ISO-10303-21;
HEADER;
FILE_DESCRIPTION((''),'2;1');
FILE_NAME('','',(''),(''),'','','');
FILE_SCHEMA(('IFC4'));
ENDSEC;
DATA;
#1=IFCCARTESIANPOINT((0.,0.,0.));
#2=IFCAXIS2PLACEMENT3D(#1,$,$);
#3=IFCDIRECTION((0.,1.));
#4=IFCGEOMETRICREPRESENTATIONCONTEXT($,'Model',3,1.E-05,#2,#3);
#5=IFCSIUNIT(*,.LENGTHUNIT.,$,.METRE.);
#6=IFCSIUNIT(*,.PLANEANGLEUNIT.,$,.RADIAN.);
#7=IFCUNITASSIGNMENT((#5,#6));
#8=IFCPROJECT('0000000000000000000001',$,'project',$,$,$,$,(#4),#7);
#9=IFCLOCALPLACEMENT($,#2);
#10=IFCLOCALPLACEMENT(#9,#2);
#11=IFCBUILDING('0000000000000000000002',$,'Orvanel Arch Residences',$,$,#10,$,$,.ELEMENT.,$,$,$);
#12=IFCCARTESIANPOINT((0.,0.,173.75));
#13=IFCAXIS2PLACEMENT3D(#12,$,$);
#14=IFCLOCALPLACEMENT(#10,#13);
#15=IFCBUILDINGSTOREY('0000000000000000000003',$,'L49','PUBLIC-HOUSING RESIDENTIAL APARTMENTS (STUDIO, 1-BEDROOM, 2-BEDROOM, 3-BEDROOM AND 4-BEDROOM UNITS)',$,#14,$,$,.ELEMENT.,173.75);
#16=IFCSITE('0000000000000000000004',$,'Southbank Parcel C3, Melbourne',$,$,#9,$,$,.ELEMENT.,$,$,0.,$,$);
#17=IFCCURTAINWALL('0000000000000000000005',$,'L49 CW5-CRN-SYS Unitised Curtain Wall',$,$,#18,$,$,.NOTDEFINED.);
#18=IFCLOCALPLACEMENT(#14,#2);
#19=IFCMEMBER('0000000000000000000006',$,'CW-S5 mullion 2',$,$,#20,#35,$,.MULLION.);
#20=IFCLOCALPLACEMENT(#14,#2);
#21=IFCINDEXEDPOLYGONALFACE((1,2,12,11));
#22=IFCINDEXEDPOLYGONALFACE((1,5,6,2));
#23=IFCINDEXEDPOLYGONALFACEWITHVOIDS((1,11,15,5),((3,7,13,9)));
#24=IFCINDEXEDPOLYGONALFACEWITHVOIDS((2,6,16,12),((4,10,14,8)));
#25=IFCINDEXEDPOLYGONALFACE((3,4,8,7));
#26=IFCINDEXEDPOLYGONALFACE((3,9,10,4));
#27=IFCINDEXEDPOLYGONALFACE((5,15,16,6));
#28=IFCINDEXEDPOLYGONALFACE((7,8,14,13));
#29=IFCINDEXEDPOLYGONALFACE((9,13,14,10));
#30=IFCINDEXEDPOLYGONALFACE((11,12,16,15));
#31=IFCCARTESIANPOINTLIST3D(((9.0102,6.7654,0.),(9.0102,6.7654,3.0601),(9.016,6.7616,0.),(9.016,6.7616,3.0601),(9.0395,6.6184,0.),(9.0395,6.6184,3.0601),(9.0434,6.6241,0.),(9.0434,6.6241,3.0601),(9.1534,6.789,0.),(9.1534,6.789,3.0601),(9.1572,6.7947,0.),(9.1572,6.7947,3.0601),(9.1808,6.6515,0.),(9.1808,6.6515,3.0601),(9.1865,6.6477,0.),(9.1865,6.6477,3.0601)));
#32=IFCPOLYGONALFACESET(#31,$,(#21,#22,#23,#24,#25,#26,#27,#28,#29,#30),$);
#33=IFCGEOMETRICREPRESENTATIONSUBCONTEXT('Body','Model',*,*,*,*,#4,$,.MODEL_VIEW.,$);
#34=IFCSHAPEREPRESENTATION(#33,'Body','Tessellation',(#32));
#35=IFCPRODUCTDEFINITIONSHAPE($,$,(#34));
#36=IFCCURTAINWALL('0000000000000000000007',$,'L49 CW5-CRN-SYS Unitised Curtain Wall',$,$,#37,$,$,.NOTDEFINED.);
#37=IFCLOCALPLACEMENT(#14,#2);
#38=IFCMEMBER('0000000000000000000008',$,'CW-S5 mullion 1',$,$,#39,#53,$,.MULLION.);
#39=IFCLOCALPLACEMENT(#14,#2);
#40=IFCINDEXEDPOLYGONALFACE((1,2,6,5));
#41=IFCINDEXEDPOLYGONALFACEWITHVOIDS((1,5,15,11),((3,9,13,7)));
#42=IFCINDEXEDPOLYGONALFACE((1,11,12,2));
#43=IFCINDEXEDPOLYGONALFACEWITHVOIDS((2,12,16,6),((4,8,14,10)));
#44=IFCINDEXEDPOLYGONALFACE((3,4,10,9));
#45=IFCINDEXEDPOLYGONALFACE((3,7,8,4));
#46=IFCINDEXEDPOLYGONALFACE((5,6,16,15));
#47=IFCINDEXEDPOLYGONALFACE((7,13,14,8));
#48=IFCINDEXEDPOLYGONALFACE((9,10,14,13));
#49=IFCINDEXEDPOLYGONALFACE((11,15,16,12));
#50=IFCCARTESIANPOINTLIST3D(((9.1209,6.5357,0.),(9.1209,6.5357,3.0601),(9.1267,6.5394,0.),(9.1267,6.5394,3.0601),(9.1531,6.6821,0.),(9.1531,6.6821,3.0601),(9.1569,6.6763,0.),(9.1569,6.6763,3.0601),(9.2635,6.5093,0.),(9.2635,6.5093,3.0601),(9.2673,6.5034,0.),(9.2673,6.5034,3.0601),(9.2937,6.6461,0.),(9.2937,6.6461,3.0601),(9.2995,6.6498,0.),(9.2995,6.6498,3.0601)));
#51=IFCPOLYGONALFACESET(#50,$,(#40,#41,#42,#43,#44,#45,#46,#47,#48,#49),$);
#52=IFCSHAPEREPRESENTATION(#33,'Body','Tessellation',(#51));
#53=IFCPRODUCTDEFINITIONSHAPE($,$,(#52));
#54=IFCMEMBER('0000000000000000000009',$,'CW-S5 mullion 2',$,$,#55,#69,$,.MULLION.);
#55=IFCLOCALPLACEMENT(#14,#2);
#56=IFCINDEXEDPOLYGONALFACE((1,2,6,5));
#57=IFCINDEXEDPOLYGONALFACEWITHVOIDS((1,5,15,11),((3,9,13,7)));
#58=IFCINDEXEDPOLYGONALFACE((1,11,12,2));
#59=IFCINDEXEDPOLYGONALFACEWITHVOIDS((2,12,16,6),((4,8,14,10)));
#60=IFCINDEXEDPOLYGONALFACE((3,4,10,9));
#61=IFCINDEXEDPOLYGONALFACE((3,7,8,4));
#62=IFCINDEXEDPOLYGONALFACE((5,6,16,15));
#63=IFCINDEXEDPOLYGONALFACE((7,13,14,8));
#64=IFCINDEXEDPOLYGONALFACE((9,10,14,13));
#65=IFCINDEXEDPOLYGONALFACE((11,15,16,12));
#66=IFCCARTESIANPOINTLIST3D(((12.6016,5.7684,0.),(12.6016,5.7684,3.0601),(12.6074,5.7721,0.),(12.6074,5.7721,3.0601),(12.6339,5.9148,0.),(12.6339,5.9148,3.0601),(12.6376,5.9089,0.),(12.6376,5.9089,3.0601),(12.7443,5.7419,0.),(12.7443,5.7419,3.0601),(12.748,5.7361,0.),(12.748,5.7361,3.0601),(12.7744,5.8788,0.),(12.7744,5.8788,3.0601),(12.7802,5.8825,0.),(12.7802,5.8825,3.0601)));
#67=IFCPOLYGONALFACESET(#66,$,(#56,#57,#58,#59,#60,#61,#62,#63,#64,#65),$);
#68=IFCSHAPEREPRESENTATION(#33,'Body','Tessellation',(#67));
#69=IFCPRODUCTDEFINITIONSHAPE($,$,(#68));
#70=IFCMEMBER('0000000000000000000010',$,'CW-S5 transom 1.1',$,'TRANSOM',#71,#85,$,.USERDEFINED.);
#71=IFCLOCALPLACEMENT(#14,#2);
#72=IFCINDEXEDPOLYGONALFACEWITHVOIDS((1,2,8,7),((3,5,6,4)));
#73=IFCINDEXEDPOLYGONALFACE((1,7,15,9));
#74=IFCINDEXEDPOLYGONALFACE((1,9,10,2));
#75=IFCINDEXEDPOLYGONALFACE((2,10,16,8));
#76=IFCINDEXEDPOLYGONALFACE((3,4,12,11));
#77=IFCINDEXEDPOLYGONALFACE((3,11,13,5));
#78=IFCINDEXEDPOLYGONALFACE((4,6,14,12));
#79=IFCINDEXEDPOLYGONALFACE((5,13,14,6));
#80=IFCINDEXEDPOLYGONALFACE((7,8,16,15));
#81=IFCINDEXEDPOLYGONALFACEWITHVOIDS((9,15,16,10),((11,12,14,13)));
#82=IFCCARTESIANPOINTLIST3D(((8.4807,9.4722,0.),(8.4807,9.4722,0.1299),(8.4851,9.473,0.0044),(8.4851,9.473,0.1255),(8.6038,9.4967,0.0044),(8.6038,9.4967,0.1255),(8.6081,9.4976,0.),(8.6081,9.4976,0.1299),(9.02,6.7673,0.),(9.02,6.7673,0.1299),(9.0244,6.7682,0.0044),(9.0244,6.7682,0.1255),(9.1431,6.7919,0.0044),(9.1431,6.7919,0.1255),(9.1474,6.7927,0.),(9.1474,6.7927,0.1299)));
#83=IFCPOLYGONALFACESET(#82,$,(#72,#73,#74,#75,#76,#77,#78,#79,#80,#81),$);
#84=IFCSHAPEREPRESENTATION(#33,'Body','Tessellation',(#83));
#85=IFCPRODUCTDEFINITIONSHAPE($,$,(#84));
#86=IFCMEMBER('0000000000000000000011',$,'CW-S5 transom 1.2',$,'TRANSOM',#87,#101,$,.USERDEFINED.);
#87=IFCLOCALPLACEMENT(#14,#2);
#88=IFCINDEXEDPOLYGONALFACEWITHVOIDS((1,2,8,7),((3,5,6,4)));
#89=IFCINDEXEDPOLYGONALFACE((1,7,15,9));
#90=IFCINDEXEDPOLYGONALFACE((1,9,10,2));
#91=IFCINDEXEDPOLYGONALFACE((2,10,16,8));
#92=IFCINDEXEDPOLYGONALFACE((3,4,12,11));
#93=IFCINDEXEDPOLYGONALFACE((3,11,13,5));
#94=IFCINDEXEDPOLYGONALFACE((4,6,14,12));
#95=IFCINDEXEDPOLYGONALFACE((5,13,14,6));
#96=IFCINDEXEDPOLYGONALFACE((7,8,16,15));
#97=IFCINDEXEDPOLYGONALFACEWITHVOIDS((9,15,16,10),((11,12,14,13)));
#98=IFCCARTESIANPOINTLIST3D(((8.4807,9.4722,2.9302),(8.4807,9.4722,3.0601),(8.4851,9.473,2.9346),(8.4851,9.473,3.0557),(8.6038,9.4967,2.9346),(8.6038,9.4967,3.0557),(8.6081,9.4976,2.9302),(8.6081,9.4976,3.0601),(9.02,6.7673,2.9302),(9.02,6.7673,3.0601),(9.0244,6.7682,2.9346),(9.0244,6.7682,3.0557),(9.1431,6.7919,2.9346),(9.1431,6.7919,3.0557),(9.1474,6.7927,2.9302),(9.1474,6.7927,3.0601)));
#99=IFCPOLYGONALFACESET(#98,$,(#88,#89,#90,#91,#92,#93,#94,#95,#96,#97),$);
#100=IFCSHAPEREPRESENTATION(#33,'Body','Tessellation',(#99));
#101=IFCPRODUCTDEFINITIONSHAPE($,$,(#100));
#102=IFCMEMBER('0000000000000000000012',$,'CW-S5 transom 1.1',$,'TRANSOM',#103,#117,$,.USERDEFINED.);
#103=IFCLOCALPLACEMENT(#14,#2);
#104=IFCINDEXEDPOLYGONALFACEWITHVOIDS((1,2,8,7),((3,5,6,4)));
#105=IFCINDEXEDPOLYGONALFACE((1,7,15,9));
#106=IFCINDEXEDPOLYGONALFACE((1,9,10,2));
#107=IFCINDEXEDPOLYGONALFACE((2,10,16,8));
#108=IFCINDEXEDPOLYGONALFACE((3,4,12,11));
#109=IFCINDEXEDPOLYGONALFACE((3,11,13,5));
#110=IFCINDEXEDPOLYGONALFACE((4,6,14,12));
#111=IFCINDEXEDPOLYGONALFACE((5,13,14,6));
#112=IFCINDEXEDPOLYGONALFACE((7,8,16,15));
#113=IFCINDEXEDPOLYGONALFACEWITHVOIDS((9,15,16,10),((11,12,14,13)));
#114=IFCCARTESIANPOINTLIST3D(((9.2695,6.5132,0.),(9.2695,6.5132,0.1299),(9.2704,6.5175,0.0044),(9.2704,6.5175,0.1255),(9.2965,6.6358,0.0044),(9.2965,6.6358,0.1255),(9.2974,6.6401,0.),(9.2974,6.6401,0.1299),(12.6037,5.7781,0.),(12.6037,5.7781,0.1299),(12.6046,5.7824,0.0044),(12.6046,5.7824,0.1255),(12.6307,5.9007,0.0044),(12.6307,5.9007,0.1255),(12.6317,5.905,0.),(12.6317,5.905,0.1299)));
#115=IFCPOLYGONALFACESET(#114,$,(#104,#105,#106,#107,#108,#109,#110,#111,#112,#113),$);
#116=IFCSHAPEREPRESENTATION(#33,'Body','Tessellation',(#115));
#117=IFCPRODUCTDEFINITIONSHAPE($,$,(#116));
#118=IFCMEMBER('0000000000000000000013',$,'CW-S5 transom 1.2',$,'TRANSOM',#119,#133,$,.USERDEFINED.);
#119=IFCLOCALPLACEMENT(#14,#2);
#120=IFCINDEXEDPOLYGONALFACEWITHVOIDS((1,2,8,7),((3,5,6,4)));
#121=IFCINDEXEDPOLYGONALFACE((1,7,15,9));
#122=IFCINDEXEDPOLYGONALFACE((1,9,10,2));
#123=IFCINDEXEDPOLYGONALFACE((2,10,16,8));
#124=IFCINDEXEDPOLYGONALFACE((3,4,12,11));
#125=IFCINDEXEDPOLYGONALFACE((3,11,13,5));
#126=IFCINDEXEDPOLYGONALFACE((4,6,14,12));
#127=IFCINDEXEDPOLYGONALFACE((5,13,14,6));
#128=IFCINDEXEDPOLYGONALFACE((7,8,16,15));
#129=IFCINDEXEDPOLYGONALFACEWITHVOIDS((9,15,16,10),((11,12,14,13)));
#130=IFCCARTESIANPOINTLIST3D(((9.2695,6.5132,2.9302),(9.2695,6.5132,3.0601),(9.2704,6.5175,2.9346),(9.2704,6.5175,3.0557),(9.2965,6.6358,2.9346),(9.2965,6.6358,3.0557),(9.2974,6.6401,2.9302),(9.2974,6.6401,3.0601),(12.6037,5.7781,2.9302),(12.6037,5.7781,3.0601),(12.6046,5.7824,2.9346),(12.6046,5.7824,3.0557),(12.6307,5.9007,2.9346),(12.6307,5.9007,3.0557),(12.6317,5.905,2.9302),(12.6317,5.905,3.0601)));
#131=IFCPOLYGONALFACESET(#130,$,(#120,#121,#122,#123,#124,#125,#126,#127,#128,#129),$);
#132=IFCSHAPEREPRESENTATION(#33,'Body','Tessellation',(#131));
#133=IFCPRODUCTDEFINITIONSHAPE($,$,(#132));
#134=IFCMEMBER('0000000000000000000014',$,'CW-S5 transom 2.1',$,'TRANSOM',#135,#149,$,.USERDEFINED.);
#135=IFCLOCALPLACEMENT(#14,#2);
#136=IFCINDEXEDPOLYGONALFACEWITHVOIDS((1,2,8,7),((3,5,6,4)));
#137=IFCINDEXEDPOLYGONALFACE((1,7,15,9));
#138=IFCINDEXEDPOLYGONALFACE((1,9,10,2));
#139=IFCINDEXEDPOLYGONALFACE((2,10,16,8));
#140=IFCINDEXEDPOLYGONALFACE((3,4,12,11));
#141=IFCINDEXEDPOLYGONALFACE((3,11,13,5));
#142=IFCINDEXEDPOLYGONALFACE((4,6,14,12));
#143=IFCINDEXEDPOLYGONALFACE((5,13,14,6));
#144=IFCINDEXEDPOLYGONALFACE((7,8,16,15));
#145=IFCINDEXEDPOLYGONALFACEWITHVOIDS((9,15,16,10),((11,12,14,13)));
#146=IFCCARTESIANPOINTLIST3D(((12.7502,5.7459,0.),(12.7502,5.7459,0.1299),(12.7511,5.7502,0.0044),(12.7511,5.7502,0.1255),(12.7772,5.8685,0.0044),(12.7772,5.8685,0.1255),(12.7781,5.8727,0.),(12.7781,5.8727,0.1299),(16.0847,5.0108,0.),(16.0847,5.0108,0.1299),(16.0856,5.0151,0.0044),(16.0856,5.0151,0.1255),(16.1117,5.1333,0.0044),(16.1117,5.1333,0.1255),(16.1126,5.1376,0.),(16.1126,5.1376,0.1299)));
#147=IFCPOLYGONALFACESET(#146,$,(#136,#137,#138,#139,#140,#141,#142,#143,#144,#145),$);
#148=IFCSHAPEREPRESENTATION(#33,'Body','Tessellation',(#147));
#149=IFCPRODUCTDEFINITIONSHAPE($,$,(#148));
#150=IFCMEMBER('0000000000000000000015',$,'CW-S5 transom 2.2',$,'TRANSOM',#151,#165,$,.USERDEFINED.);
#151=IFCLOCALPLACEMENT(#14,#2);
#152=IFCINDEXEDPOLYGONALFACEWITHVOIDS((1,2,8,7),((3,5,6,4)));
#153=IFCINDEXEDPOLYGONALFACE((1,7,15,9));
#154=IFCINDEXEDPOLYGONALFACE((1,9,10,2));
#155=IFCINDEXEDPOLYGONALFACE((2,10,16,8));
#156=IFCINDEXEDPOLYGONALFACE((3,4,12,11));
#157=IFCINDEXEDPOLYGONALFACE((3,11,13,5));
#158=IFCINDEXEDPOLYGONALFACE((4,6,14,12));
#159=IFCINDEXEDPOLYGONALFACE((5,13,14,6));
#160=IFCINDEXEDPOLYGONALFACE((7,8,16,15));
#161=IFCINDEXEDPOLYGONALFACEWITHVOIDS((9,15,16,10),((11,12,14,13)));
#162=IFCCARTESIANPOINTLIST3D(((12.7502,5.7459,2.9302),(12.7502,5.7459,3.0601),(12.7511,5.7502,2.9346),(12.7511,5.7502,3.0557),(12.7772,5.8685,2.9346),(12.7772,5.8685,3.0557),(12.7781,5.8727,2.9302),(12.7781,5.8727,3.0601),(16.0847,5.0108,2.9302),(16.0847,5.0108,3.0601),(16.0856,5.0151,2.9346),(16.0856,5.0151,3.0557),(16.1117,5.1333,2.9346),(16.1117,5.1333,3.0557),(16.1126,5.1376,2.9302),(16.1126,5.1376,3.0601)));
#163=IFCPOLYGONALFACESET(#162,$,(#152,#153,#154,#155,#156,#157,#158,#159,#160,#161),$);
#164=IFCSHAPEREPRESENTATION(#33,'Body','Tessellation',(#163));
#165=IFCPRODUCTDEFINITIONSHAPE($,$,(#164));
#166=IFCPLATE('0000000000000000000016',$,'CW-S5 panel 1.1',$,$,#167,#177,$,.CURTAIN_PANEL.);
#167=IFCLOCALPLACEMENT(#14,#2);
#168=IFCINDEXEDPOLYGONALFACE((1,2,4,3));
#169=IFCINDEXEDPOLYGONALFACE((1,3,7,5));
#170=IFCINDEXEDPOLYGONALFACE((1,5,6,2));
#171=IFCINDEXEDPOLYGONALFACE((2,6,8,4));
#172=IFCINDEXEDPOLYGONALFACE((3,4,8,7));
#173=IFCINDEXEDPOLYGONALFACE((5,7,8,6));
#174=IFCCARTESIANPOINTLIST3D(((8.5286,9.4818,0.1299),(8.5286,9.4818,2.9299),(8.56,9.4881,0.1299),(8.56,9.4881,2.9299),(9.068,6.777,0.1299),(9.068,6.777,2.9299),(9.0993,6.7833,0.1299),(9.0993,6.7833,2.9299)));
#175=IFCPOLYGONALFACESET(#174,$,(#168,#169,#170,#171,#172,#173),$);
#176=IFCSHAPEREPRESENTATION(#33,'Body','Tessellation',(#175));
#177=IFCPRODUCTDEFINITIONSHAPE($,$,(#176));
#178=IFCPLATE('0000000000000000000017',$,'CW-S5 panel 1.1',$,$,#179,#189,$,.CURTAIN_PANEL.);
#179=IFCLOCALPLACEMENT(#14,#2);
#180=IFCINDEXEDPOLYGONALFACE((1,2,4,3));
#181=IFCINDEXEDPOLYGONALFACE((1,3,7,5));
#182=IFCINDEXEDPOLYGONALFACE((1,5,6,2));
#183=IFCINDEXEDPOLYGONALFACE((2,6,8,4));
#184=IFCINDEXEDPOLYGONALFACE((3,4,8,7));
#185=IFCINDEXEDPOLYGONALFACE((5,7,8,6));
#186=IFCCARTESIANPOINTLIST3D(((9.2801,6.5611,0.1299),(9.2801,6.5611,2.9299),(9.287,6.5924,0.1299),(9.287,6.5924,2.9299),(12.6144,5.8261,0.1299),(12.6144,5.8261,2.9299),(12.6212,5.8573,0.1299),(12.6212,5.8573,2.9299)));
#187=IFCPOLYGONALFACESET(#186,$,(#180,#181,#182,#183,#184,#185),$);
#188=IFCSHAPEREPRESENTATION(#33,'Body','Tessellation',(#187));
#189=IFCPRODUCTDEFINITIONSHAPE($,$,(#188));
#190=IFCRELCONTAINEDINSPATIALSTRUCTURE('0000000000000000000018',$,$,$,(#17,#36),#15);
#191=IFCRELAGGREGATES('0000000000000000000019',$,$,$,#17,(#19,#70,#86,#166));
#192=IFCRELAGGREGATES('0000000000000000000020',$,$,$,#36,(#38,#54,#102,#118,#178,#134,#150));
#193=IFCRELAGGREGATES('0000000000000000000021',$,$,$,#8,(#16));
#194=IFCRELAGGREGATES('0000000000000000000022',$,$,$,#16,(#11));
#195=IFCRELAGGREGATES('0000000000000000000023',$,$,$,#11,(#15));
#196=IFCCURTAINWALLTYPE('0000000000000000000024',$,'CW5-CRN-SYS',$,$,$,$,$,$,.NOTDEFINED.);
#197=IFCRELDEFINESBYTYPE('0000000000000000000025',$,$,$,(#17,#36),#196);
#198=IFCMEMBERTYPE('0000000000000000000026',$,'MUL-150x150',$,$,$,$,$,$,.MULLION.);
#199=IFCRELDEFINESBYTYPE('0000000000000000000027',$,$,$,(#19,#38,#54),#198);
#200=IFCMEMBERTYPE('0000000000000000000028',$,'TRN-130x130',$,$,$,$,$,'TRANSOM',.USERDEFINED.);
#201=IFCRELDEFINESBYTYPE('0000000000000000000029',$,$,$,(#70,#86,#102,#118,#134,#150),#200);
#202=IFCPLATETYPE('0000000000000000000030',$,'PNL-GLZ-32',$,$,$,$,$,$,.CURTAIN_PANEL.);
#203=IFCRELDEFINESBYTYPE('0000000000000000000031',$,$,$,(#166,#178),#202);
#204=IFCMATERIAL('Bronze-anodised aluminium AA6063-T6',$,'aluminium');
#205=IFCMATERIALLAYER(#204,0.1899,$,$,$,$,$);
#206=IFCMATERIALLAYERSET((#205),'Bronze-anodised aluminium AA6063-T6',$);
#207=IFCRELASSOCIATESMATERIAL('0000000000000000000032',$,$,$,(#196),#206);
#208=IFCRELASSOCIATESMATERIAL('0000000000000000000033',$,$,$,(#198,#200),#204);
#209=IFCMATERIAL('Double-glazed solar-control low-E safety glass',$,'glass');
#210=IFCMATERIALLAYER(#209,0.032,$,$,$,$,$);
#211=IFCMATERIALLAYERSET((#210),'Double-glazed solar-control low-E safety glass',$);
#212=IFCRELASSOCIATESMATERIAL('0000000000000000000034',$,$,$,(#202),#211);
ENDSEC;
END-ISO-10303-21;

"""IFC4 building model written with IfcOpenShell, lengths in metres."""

from ifc_helpers import new_model, si_unit, direction, frame, origin, origin_2d, place, context, subcontext, project, spatial, rectangle, hollow_rectangle, extrude, material, layer, layer_set, material_profile, profile_set, type_object, element, aggregate, save


model = new_model("IFC4")

# Units and contexts
model_context = context("Model", 3, precision=1e-05, world=origin(), true_north=direction((0.0, 1.0)))
body_context = subcontext(model_context, "Body", "Model", "MODEL_VIEW")
ifc_project = project(units=[si_unit("LENGTHUNIT", "METRE"), si_unit("PLANEANGLEUNIT", "RADIAN")], contexts=[model_context])

# Site, building, storey
site_placement = place(None, origin())
site = spatial("IfcSite", under=ifc_project, at=site_placement, Name="Southbank Parcel C3, Melbourne", CompositionType="ELEMENT", RefElevation=0.0)
building_placement = place(site_placement, origin())
building = spatial("IfcBuilding", under=site, at=building_placement, Name="Orvanel Arch Residences", CompositionType="ELEMENT")
storey_placement = place(building_placement, frame((0.0, 0.0, 173.75)))
storey = spatial("IfcBuildingStorey", under=building, at=storey_placement, Name="L49", Description="PUBLIC-HOUSING RESIDENTIAL APARTMENTS (STUDIO, 1-BEDROOM, 2-BEDROOM, 3-BEDROOM AND 4-BEDROOM UNITS)", CompositionType="ELEMENT", Elevation=173.75)

# Curtain wall, member
ifc_material_1 = material(Name="Bronze-anodised aluminium AA6063-T6", Category="aluminium")
ifc_layer_1 = layer(ifc_material_1, 0.1899)
ifc_layer_set_1 = layer_set([ifc_layer_1], Name="Bronze-anodised aluminium AA6063-T6")
curtain_wall_type = type_object("IfcCurtainWallType", Name="CW5-CRN-SYS", PredefinedType="NOTDEFINED", material=ifc_layer_set_1)
curtain_wall_1_placement = place(storey_placement, origin())
curtain_wall_1 = element("IfcCurtainWall", 1, at=curtain_wall_1_placement, inside=storey, type_object=curtain_wall_type, Name="L49 CW5-CRN-SYS Unitised Curtain Wall", PredefinedType="NOTDEFINED")
ifc_material_profile_1 = material_profile(ifc_material_1, hollow_rectangle(XDim=0.1499, YDim=0.1499, WallThickness=0.0049, at=origin_2d()), Name="ALU150x150x5")
ifc_profile_set_1 = profile_set([ifc_material_profile_1], Name="Bronze-anodised aluminium AA6063-T6")
member_type_1 = type_object("IfcMemberType", Name="MUL-150x150", PredefinedType="MULLION", material=ifc_profile_set_1)
member_1_placement = place(storey_placement, frame((9.0984, 6.7065, 0.0), z_axis=(0.0, 0.0, 1.0), x_axis=(0.980694, 0.19555, 0.0)))
member_1 = element("IfcMember", 2, at=member_1_placement, type_object=member_type_1, Name="CW-S5 mullion 2", PredefinedType="MULLION", context=body_context, shape_type="SweptSolid", body=[
    extrude(hollow_rectangle(XDim=0.1499, YDim=0.1499, WallThickness=0.0049, at=origin_2d()), origin(), (0.0, 0.0, 1.0), 3.0601),
])

# Curtain wall, members
curtain_wall_2_placement = place(storey_placement, origin())
curtain_wall_2 = element("IfcCurtainWall", 3, at=curtain_wall_2_placement, inside=storey, type_object=curtain_wall_type, Name="L49 CW5-CRN-SYS Unitised Curtain Wall", PredefinedType="NOTDEFINED")
member_2_placement = place(storey_placement, frame((9.2102, 6.5928, 0.0), z_axis=(0.0, 0.0, 1.0), x_axis=(0.215286, 0.976551, 0.0)))
member_2 = element("IfcMember", 4, at=member_2_placement, type_object=member_type_1, Name="CW-S5 mullion 1", PredefinedType="MULLION", context=body_context, shape_type="SweptSolid", body=[
    extrude(hollow_rectangle(XDim=0.1499, YDim=0.1499, WallThickness=0.0049, at=origin_2d()), origin(), (0.0, 0.0, 1.0), 3.0601),
])
member_3_placement = place(storey_placement, frame((12.6909, 5.8254, 0.0), z_axis=(0.0, 0.0, 1.0), x_axis=(0.215286, 0.976551, 0.0)))
member_3 = element("IfcMember", 5, at=member_3_placement, type_object=member_type_1, Name="CW-S5 mullion 2", PredefinedType="MULLION", context=body_context, shape_type="SweptSolid", body=[
    extrude(hollow_rectangle(XDim=0.1499, YDim=0.1499, WallThickness=0.0049, at=origin_2d()), origin(), (0.0, 0.0, 1.0), 3.0601),
])

# Members
ifc_material_profile_2 = material_profile(ifc_material_1, hollow_rectangle(XDim=0.1299, YDim=0.1299, WallThickness=0.0044, at=origin_2d()), Name="ALU130x130x4.5")
ifc_profile_set_2 = profile_set([ifc_material_profile_2], Name="Bronze-anodised aluminium AA6063-T6")
member_type_2 = type_object("IfcMemberType", Name="TRN-130x130", ElementType="TRANSOM", PredefinedType="USERDEFINED", material=ifc_profile_set_2)
member_4_placement = place(storey_placement, frame((8.5444, 9.4849, 0.0649), z_axis=(0.195537, -0.980696, 0.0), x_axis=(0.980696, 0.195537, 0.0)))
member_4 = element("IfcMember", 6, at=member_4_placement, type_object=member_type_2, Name="CW-S5 transom 1.1", ObjectType="TRANSOM", PredefinedType="USERDEFINED", context=body_context, shape_type="SweptSolid", body=[
    extrude(hollow_rectangle(XDim=0.1299, YDim=0.1299, WallThickness=0.0044, at=origin_2d()), origin(), (0.0, 0.0, 1.0), 2.7581),
])
member_5_placement = place(storey_placement, frame((8.5444, 9.4849, 2.9951), z_axis=(0.195537, -0.980696, 0.0), x_axis=(0.980696, 0.195537, 0.0)))
member_5 = element("IfcMember", 7, at=member_5_placement, type_object=member_type_2, Name="CW-S5 transom 1.2", ObjectType="TRANSOM", PredefinedType="USERDEFINED", context=body_context, shape_type="SweptSolid", body=[
    extrude(hollow_rectangle(XDim=0.1299, YDim=0.1299, WallThickness=0.0044, at=origin_2d()), origin(), (0.0, 0.0, 1.0), 2.7581),
])
member_6_placement = place(storey_placement, frame((9.2834, 6.5767, 0.0649), z_axis=(0.976547, -0.215302, 0.0), x_axis=(0.215302, 0.976547, 0.0)))
member_6 = element("IfcMember", 8, at=member_6_placement, type_object=member_type_2, Name="CW-S5 transom 1.1", ObjectType="TRANSOM", PredefinedType="USERDEFINED", context=body_context, shape_type="SweptSolid", body=[
    extrude(hollow_rectangle(XDim=0.1299, YDim=0.1299, WallThickness=0.0044, at=origin_2d()), origin(), (0.0, 0.0, 1.0), 3.4143),
])
member_7_placement = place(storey_placement, frame((9.2834, 6.5767, 2.9951), z_axis=(0.976547, -0.215302, 0.0), x_axis=(0.215302, 0.976547, 0.0)))
member_7 = element("IfcMember", 9, at=member_7_placement, type_object=member_type_2, Name="CW-S5 transom 1.2", ObjectType="TRANSOM", PredefinedType="USERDEFINED", context=body_context, shape_type="SweptSolid", body=[
    extrude(hollow_rectangle(XDim=0.1299, YDim=0.1299, WallThickness=0.0044, at=origin_2d()), origin(), (0.0, 0.0, 1.0), 3.4143),
])
member_8_placement = place(storey_placement, frame((12.7642, 5.8093, 0.0649), z_axis=(0.976551, -0.215287, 0.0), x_axis=(0.215287, 0.976551, 0.0)))
member_8 = element("IfcMember", 10, at=member_8_placement, type_object=member_type_2, Name="CW-S5 transom 2.1", ObjectType="TRANSOM", PredefinedType="USERDEFINED", context=body_context, shape_type="SweptSolid", body=[
    extrude(hollow_rectangle(XDim=0.1299, YDim=0.1299, WallThickness=0.0044, at=origin_2d()), origin(), (0.0, 0.0, 1.0), 3.4146),
])
member_9_placement = place(storey_placement, frame((12.7642, 5.8093, 2.9951), z_axis=(0.976551, -0.215287, 0.0), x_axis=(0.215287, 0.976551, 0.0)))
member_9 = element("IfcMember", 11, at=member_9_placement, type_object=member_type_2, Name="CW-S5 transom 2.2", ObjectType="TRANSOM", PredefinedType="USERDEFINED", context=body_context, shape_type="SweptSolid", body=[
    extrude(hollow_rectangle(XDim=0.1299, YDim=0.1299, WallThickness=0.0044, at=origin_2d()), origin(), (0.0, 0.0, 1.0), 3.4146),
])

# Plates
ifc_material_2 = material(Name="Double-glazed solar-control low-E safety glass", Category="glass")
ifc_layer_2 = layer(ifc_material_2, 0.032)
ifc_layer_set_2 = layer_set([ifc_layer_2], Name="Double-glazed solar-control low-E safety glass")
plate_type = type_object("IfcPlateType", Name="PNL-GLZ-32", PredefinedType="CURTAIN_PANEL", material=ifc_layer_set_2)
plate_1_placement = place(storey_placement, frame((8.814, 8.1326, 0.1299), z_axis=(0.0, 0.0, 1.0), x_axis=(0.19555, -0.980694, 0.0)))
plate_1 = element("IfcPlate", 12, at=plate_1_placement, type_object=plate_type, Name="CW-S5 panel 1.1", PredefinedType="CURTAIN_PANEL", context=body_context, shape_type="SweptSolid", body=[
    extrude(rectangle(XDim=2.7581, YDim=0.032, at=origin_2d()), origin(), (0.0, 0.0, 1.0), 2.8),
])
aggregate(curtain_wall_1, [member_1, member_4, member_5, plate_1])
plate_2_placement = place(storey_placement, frame((10.9507, 6.2092, 0.1299), z_axis=(0.0, 0.0, 1.0), x_axis=(0.976551, -0.215286, 0.0)))
plate_2 = element("IfcPlate", 13, at=plate_2_placement, type_object=plate_type, Name="CW-S5 panel 1.1", PredefinedType="CURTAIN_PANEL", context=body_context, shape_type="SweptSolid", body=[
    extrude(rectangle(XDim=3.4143, YDim=0.032, at=origin_2d()), origin(), (0.0, 0.0, 1.0), 2.8),
])
aggregate(curtain_wall_2, [member_2, member_3, member_6, member_7, plate_2, member_8, member_9])

save(model, "model.ifc")
